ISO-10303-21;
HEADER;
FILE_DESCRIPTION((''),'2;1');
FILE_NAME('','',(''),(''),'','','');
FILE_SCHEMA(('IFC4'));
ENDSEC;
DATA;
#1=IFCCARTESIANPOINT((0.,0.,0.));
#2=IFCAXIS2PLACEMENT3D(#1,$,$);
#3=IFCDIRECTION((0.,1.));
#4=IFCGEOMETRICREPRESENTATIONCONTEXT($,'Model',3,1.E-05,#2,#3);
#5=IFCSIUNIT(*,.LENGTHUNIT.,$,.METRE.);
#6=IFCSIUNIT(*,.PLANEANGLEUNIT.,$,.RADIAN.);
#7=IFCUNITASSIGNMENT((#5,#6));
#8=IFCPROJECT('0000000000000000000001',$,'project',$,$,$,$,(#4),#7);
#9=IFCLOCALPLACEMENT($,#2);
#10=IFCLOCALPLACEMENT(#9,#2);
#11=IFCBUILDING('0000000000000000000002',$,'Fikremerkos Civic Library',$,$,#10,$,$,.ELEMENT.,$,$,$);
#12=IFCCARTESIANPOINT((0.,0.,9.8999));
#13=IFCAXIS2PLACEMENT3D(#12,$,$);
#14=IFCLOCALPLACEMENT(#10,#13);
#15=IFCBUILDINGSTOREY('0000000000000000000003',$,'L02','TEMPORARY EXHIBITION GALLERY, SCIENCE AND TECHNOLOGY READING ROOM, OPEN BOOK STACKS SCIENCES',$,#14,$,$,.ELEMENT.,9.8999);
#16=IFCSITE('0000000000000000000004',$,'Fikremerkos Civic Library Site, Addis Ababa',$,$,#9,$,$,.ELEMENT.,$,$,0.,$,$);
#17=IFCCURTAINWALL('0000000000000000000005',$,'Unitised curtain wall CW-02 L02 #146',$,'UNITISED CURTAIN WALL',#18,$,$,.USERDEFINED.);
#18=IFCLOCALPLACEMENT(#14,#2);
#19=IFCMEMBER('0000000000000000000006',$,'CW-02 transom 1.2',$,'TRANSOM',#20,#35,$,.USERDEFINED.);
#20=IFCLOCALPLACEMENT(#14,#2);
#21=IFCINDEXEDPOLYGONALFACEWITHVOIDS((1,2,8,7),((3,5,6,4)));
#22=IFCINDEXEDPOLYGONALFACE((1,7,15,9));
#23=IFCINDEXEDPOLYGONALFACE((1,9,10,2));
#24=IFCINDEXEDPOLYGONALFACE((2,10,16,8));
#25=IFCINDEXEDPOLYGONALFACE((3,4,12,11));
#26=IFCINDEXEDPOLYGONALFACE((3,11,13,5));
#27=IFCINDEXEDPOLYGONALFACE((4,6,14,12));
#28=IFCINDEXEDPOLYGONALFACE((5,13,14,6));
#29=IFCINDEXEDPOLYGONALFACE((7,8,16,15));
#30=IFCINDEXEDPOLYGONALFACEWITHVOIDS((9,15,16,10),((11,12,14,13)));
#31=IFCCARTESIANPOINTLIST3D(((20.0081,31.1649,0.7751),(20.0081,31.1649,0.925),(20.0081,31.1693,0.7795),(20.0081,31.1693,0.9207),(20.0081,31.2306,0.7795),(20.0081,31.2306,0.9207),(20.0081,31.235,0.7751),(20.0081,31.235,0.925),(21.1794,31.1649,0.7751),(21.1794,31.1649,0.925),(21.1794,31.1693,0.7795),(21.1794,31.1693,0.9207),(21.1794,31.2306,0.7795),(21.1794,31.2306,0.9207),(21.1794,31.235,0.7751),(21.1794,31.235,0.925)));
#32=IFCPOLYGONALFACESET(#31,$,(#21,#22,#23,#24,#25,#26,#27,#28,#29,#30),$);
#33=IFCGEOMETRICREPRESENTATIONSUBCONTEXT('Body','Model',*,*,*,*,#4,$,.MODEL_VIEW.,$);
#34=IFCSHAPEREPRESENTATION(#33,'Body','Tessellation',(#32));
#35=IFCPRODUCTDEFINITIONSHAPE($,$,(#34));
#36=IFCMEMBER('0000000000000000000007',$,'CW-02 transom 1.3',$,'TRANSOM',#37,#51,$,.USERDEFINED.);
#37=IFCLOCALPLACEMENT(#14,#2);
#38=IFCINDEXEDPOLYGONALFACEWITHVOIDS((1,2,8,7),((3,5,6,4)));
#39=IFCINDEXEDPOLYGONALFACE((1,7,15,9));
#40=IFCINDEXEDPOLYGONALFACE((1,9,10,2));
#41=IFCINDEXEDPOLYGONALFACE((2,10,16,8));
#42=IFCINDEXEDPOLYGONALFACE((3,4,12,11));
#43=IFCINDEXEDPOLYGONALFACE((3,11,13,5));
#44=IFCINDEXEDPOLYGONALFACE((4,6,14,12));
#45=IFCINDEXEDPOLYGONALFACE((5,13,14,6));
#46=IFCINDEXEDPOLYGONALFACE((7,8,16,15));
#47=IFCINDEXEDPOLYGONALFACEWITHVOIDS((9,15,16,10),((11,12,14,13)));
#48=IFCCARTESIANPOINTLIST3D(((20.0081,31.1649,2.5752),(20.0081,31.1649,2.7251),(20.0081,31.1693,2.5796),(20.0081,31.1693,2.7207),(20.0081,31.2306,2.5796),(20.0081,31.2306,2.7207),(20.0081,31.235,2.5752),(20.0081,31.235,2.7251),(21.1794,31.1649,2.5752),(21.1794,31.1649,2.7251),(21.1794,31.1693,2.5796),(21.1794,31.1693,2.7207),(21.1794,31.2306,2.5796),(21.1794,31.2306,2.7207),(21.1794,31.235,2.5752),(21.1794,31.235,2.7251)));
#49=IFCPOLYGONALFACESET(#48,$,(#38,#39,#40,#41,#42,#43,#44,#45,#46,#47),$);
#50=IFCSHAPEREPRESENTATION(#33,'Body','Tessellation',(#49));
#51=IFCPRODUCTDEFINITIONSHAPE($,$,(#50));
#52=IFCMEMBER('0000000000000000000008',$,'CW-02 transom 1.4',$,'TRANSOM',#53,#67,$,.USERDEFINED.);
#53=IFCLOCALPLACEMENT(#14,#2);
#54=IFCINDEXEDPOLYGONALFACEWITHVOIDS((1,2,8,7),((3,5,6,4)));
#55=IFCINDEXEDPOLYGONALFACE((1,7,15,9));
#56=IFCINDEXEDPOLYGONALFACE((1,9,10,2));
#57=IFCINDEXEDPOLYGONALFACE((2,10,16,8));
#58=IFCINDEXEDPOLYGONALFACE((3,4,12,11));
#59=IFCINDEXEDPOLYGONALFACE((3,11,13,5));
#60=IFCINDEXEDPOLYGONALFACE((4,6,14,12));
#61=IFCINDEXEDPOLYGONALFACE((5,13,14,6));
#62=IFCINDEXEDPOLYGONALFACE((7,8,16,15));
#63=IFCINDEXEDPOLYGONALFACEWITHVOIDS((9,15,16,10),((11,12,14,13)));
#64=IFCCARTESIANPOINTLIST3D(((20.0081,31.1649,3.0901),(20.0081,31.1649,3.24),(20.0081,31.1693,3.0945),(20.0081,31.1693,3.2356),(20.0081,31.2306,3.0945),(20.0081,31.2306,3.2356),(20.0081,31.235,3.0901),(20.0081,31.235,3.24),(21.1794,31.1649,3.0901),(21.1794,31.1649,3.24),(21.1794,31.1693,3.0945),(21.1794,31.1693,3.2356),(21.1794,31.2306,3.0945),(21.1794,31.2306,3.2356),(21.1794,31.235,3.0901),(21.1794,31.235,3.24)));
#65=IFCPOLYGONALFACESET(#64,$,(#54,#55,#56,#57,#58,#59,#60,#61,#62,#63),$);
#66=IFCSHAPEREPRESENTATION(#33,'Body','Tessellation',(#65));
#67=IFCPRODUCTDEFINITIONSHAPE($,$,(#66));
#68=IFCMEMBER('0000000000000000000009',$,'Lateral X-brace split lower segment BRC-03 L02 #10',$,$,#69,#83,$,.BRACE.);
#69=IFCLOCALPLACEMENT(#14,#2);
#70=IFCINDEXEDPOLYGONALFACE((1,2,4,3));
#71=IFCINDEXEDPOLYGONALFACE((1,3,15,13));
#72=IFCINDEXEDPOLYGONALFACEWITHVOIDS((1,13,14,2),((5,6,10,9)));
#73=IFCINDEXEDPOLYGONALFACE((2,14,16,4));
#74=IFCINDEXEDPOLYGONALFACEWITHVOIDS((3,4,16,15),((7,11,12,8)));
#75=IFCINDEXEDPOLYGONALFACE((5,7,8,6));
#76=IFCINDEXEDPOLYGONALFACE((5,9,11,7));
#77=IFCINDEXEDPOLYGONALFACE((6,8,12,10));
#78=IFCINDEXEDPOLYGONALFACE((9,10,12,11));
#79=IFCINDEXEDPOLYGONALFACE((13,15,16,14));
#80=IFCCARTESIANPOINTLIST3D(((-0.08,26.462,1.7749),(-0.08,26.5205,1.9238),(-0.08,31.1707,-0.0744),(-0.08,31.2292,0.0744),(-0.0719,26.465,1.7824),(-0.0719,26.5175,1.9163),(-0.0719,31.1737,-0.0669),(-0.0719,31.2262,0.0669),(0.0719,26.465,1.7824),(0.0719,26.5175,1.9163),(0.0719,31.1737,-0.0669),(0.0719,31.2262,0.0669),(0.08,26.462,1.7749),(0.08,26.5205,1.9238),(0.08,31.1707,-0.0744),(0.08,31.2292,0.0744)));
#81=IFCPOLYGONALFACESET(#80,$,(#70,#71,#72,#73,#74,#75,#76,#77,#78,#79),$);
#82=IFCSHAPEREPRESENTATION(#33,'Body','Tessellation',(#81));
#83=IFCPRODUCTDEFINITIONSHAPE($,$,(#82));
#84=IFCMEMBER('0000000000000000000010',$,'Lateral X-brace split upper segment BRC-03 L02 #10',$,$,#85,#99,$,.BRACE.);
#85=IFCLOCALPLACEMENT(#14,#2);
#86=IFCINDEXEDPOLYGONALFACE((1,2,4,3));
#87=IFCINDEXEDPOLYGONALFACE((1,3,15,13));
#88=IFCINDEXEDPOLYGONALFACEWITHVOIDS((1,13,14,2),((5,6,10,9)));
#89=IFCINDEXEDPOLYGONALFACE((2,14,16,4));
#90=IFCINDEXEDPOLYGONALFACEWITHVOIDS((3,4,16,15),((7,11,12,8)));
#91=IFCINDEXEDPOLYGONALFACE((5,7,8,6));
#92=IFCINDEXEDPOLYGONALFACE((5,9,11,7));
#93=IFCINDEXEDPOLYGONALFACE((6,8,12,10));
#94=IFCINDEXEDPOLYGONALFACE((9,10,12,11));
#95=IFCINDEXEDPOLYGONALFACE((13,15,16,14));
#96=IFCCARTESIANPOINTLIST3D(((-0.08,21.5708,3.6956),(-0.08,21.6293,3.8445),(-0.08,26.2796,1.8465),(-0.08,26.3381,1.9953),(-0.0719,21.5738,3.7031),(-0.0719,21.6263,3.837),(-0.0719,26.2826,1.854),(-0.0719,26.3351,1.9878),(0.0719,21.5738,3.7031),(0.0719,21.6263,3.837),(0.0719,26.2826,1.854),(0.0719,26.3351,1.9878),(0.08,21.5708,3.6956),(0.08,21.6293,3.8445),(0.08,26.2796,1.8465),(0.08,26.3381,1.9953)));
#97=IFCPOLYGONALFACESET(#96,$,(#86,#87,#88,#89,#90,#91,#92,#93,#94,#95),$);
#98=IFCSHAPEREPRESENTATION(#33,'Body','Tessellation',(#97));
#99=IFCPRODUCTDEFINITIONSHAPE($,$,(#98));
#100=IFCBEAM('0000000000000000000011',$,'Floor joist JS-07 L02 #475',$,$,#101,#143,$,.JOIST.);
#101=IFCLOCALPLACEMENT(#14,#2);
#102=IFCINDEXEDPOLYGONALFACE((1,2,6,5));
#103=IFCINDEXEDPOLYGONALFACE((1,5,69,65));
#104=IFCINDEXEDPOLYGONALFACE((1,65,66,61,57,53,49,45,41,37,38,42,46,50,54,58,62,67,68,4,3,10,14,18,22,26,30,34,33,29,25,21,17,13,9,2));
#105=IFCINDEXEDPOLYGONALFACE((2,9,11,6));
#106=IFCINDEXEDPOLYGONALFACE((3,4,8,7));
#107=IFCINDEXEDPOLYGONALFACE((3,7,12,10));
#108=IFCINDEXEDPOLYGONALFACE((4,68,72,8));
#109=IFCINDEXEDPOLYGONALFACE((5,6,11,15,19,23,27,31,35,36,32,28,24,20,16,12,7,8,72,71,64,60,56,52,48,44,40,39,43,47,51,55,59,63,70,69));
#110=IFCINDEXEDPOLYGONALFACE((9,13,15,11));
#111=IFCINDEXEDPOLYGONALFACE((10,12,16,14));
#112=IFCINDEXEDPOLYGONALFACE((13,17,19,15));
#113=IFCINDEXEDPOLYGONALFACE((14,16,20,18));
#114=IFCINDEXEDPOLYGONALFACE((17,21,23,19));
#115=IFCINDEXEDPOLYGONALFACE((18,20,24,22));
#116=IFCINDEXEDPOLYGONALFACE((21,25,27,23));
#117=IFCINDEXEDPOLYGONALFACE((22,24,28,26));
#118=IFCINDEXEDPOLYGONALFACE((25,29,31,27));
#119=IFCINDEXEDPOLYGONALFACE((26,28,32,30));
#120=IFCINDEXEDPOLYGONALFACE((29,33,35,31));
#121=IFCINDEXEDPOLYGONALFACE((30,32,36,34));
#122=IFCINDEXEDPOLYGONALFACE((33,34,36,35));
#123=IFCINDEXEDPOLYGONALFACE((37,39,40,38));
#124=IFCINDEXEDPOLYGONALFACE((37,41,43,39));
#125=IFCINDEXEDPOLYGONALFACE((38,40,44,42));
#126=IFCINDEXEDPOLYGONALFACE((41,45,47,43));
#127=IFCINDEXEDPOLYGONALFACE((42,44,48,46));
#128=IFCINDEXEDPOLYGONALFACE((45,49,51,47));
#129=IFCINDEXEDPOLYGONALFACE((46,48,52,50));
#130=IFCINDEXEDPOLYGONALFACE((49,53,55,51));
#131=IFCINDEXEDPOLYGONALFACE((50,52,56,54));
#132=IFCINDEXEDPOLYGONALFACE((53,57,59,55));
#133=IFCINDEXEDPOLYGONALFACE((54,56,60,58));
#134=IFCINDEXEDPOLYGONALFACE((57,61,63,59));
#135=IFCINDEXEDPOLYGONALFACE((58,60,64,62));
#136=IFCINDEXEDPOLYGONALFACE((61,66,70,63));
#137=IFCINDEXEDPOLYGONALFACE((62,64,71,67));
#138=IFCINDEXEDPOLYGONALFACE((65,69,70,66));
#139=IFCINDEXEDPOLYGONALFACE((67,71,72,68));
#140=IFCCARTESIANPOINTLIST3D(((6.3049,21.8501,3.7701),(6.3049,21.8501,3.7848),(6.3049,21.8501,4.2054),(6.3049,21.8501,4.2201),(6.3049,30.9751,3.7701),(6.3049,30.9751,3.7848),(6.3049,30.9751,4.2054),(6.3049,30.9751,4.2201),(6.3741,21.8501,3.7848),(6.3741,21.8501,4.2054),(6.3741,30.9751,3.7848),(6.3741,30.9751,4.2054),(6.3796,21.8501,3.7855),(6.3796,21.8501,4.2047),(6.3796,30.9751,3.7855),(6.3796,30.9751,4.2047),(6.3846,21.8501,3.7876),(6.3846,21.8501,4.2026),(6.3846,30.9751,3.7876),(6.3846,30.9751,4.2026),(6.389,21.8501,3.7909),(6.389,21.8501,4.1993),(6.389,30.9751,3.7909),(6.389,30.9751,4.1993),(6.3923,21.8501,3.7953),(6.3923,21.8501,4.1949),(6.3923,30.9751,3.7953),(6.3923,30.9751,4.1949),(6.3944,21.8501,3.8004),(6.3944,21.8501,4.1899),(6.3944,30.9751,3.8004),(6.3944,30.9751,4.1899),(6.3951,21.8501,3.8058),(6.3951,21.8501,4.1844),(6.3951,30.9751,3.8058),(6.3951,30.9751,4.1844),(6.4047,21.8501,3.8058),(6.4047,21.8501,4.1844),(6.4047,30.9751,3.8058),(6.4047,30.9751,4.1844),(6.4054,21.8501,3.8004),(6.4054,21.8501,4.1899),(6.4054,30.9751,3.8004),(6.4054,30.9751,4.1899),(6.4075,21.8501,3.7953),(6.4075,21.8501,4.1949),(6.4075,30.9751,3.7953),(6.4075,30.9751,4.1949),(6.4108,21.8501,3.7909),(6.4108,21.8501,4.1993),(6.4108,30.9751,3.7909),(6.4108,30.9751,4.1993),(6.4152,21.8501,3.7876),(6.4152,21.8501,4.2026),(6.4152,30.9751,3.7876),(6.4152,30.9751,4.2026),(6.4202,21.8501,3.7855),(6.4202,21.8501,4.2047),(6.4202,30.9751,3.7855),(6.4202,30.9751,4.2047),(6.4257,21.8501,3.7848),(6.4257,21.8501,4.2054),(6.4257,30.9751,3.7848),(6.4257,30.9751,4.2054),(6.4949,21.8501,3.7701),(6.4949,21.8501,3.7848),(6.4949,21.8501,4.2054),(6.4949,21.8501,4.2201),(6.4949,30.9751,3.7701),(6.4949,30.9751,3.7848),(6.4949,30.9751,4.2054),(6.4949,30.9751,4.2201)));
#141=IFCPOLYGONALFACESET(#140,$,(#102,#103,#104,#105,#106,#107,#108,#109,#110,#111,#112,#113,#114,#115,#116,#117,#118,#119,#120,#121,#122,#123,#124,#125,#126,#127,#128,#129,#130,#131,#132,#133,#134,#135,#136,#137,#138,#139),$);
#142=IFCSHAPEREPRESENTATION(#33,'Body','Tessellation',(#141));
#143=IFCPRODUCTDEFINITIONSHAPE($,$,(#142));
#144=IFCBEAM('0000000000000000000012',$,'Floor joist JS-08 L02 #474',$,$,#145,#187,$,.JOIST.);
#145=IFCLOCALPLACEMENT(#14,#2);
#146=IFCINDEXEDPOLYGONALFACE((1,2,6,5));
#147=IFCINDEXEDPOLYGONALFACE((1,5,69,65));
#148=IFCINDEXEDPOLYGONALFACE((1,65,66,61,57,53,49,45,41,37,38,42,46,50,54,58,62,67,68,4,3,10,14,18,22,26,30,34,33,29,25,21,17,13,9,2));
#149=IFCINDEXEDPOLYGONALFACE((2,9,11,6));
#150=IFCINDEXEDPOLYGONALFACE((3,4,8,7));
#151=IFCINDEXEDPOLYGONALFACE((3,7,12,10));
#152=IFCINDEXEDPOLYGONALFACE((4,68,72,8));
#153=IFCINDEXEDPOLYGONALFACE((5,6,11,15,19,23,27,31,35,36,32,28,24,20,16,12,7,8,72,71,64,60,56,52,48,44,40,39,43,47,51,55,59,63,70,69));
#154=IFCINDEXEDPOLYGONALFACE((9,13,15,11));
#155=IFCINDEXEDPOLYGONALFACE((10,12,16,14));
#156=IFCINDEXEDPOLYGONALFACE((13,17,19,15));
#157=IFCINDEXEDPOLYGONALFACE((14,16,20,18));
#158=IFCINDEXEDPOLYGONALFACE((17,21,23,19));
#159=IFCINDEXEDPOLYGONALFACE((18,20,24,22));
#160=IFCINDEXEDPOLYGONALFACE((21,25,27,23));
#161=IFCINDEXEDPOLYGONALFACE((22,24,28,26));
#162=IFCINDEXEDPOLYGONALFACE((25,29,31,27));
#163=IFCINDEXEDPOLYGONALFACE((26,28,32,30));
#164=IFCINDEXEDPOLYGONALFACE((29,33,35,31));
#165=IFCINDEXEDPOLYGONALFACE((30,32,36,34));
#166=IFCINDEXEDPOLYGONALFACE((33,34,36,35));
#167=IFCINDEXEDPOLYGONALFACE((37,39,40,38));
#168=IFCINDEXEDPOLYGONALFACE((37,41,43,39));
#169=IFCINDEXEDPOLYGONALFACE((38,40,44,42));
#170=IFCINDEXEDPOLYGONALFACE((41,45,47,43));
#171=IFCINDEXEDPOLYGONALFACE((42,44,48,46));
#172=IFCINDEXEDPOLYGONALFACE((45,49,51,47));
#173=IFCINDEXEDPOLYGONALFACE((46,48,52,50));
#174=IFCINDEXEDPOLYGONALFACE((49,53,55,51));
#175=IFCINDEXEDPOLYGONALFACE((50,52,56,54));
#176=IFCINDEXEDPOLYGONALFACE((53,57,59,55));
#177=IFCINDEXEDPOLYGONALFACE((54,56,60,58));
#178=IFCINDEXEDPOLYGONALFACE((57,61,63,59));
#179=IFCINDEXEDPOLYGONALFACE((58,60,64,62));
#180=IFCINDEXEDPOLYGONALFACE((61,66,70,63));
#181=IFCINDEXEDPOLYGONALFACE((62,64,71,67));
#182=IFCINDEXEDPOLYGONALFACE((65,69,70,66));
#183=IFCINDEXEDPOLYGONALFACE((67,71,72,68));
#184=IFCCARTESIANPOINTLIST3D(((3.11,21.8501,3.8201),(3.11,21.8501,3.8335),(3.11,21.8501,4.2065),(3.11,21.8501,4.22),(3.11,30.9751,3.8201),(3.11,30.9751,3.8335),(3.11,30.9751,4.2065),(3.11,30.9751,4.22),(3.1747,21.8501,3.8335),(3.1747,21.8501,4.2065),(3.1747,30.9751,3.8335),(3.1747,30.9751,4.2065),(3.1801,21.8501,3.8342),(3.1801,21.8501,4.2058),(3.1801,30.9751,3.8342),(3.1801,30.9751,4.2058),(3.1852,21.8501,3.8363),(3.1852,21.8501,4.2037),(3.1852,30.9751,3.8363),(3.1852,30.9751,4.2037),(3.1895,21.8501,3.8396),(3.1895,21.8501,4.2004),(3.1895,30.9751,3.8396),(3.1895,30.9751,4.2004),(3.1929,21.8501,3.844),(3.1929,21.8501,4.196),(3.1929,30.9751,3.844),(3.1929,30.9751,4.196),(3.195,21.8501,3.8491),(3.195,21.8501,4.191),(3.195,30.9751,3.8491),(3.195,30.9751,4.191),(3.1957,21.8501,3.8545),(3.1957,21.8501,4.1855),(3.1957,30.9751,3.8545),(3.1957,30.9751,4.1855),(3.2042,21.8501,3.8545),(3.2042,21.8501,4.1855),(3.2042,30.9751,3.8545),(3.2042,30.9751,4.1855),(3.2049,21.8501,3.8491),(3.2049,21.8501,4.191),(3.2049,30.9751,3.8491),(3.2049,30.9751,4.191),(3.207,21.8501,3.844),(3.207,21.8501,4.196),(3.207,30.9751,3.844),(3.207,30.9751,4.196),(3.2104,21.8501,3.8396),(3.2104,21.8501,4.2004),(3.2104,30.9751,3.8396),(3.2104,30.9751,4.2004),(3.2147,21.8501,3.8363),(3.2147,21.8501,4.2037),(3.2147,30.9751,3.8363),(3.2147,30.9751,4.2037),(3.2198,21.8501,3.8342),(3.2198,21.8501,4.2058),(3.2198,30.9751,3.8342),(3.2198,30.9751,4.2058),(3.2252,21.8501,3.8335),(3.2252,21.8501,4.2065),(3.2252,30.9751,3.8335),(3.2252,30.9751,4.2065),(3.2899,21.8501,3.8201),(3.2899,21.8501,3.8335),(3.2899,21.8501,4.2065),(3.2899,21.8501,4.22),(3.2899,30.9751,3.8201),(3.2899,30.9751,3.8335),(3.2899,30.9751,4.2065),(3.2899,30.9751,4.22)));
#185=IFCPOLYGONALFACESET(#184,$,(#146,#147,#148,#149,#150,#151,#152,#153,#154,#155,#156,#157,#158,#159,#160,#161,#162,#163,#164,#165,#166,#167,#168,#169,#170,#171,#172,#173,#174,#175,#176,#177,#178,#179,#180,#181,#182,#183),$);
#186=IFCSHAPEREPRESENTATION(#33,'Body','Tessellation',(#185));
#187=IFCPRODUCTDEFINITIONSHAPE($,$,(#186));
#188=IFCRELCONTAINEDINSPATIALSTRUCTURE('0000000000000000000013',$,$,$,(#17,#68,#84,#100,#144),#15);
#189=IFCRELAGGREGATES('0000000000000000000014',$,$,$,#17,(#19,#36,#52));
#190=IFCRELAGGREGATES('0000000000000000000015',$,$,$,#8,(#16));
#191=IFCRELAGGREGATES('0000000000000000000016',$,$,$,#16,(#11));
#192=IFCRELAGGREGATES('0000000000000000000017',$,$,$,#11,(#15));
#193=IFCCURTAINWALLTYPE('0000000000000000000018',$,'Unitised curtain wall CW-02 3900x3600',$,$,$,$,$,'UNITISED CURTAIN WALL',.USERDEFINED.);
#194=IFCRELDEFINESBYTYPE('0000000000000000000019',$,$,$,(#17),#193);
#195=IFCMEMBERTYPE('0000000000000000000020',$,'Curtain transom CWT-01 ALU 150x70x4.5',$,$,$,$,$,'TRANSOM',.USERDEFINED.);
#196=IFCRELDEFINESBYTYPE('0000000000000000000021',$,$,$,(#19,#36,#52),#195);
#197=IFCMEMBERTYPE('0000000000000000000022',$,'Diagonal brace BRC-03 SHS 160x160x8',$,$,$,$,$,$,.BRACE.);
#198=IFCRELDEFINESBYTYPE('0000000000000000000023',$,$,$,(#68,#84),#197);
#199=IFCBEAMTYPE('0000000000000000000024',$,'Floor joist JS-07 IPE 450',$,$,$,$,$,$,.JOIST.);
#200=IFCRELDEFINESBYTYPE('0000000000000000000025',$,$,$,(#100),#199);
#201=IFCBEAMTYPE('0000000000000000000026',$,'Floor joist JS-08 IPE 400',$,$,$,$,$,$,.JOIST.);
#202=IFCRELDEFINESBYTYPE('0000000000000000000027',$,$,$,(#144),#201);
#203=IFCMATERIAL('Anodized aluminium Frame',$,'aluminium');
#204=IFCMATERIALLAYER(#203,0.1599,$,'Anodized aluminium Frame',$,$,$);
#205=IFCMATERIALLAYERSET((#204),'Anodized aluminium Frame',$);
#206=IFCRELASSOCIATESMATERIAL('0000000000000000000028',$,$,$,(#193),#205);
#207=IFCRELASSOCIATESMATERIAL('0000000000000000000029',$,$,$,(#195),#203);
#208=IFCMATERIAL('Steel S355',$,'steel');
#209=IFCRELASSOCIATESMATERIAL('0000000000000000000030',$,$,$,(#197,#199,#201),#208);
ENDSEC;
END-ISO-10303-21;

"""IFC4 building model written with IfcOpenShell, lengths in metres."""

from ifc_helpers import new_model, si_unit, direction, frame, origin, origin_2d, place, context, subcontext, project, spatial, hollow_rectangle, i_section, extrude, material, layer, layer_set, material_profile, profile_set, type_object, element, aggregate, save


model = new_model("IFC4")

# Units and contexts
model_context = context("Model", 3, precision=1e-05, world=origin(), true_north=direction((0.0, 1.0)))
body_context = subcontext(model_context, "Body", "Model", "MODEL_VIEW")
ifc_project = project(units=[si_unit("LENGTHUNIT", "METRE"), si_unit("PLANEANGLEUNIT", "RADIAN")], contexts=[model_context])

# Site, building, storey
site_placement = place(None, origin())
site = spatial("IfcSite", under=ifc_project, at=site_placement, Name="Fikremerkos Civic Library Site, Addis Ababa", CompositionType="ELEMENT", RefElevation=0.0)
building_placement = place(site_placement, origin())
building = spatial("IfcBuilding", under=site, at=building_placement, Name="Fikremerkos Civic Library", CompositionType="ELEMENT")
storey_placement = place(building_placement, frame((0.0, 0.0, 9.8999)))
storey = spatial("IfcBuildingStorey", under=building, at=storey_placement, Name="L02", Description="TEMPORARY EXHIBITION GALLERY, SCIENCE AND TECHNOLOGY READING ROOM, OPEN BOOK STACKS SCIENCES", CompositionType="ELEMENT", Elevation=9.8999)

# Shared definitions
ifc_material_1 = material(Name="Steel S355", Category="steel")

# Curtain wall, members
ifc_material_2 = material(Name="Anodized aluminium Frame", Category="aluminium")
ifc_layer_1 = layer(ifc_material_2, 0.1599, Name="Anodized aluminium Frame")
ifc_layer_set_1 = layer_set([ifc_layer_1], Name="Anodized aluminium Frame")
curtain_wall_type = type_object("IfcCurtainWallType", Name="Unitised curtain wall CW-02 3900x3600", ElementType="UNITISED CURTAIN WALL", PredefinedType="USERDEFINED", material=ifc_layer_set_1)
curtain_wall_placement = place(storey_placement, origin())
curtain_wall = element("IfcCurtainWall", 1, at=curtain_wall_placement, inside=storey, type_object=curtain_wall_type, Name="Unitised curtain wall CW-02 L02 #146", ObjectType="UNITISED CURTAIN WALL", PredefinedType="USERDEFINED")
ifc_material_profile_1 = material_profile(ifc_material_2, hollow_rectangle(XDim=0.0701, YDim=0.1499, WallThickness=0.0044, at=origin_2d()), Name="ALU 150x70x4.5")
ifc_profile_set_1 = profile_set([ifc_material_profile_1], Name="Anodized aluminium Frame")
member_type_1 = type_object("IfcMemberType", Name="Curtain transom CWT-01 ALU 150x70x4.5", ElementType="TRANSOM", PredefinedType="USERDEFINED", material=ifc_profile_set_1)
member_1_placement = place(storey_placement, frame((20.0081, 31.2, 0.8501), z_axis=(1.0, 0.0, 0.0), x_axis=(0.0, 1.0, 0.0)))
member_1 = element("IfcMember", 2, at=member_1_placement, type_object=member_type_1, Name="CW-02 transom 1.2", ObjectType="TRANSOM", PredefinedType="USERDEFINED", context=body_context, shape_type="SweptSolid", body=[
    extrude(hollow_rectangle(XDim=0.0701, YDim=0.1499, WallThickness=0.0044, at=origin_2d()), origin(), (0.0, 0.0, 1.0), 1.1714),
])
member_2_placement = place(storey_placement, frame((20.0081, 31.2, 2.6501), z_axis=(1.0, 0.0, 0.0), x_axis=(0.0, 1.0, 0.0)))
member_2 = element("IfcMember", 3, at=member_2_placement, type_object=member_type_1, Name="CW-02 transom 1.3", ObjectType="TRANSOM", PredefinedType="USERDEFINED", context=body_context, shape_type="SweptSolid", body=[
    extrude(hollow_rectangle(XDim=0.0701, YDim=0.1499, WallThickness=0.0044, at=origin_2d()), origin(), (0.0, 0.0, 1.0), 1.1714),
])
member_3_placement = place(storey_placement, frame((20.0081, 31.2, 3.165), z_axis=(1.0, 0.0, 0.0), x_axis=(0.0, 1.0, 0.0)))
member_3 = element("IfcMember", 4, at=member_3_placement, type_object=member_type_1, Name="CW-02 transom 1.4", ObjectType="TRANSOM", PredefinedType="USERDEFINED", context=body_context, shape_type="SweptSolid", body=[
    extrude(hollow_rectangle(XDim=0.0701, YDim=0.1499, WallThickness=0.0044, at=origin_2d()), origin(), (0.0, 0.0, 1.0), 1.1714),
])
aggregate(curtain_wall, [member_1, member_2, member_3])

# Members
ifc_material_profile_2 = material_profile(ifc_material_1, hollow_rectangle(XDim=0.1599, YDim=0.1599, WallThickness=0.0081, at=origin_2d()), Name="SHS 160x160x8")
ifc_profile_set_2 = profile_set([ifc_material_profile_2], Name="Steel S355")
member_type_2 = type_object("IfcMemberType", Name="Diagonal brace BRC-03 SHS 160x160x8", PredefinedType="BRACE", material=ifc_profile_set_2)
for number, where, z_axis, x_axis, name in (
    (5, (0.0, 31.2, 0.0), (0.0, -0.930785, 0.365567), (1.0, 0.0, 0.0), "Lateral X-brace split lower segment BRC-03 L02 #10"),
    (6, (0.0, 26.3088, 1.9209), (0.0, -0.930801, 0.365525), (1.0, 0.0, 0.0), "Lateral X-brace split upper segment BRC-03 L02 #10"),
):
    element("IfcMember", number, at=place(storey_placement, frame(where, z_axis=z_axis, x_axis=x_axis)), inside=storey, type_object=member_type_2, Name=name, PredefinedType="BRACE", context=body_context, shape_type="SweptSolid", body=[
        extrude(hollow_rectangle(XDim=0.1599, YDim=0.1599, WallThickness=0.0081, at=origin_2d()), origin(), (0.0, 0.0, 1.0), 5.0588),
    ])

# Beams
ifc_material_profile_3 = material_profile(ifc_material_1, i_section(OverallWidth=0.1899, OverallDepth=0.45, WebThickness=0.0095, FlangeThickness=0.0146, FilletRadius=0.021, at=origin_2d()), Name="IPE 450")
ifc_profile_set_3 = profile_set([ifc_material_profile_3], Name="Steel S355")
beam_type_1 = type_object("IfcBeamType", Name="Floor joist JS-07 IPE 450", PredefinedType="JOIST", material=ifc_profile_set_3)
beam_1_placement = place(storey_placement, frame((6.3999, 21.8501, 3.9951), z_axis=(0.0, 1.0, 0.0), x_axis=(-1.0, 0.0, 0.0)))
element("IfcBeam", 7, at=beam_1_placement, inside=storey, type_object=beam_type_1, Name="Floor joist JS-07 L02 #475", PredefinedType="JOIST", context=body_context, shape_type="SweptSolid", body=[
    extrude(i_section(OverallWidth=0.1899, OverallDepth=0.45, WebThickness=0.0095, FlangeThickness=0.0146, FilletRadius=0.021, at=origin_2d()), origin(), (0.0, 0.0, 1.0), 9.125),
])
ifc_material_profile_4 = material_profile(ifc_material_1, i_section(OverallWidth=0.1799, OverallDepth=0.3999, WebThickness=0.0085, FlangeThickness=0.0134, FilletRadius=0.021, at=origin_2d()), Name="IPE 400")
ifc_profile_set_4 = profile_set([ifc_material_profile_4], Name="Steel S355")
beam_type_2 = type_object("IfcBeamType", Name="Floor joist JS-08 IPE 400", PredefinedType="JOIST", material=ifc_profile_set_4)
beam_2_placement = place(storey_placement, frame((3.2, 21.8501, 4.02), z_axis=(0.0, 1.0, 0.0), x_axis=(-1.0, 0.0, 0.0)))
element("IfcBeam", 8, at=beam_2_placement, inside=storey, type_object=beam_type_2, Name="Floor joist JS-08 L02 #474", PredefinedType="JOIST", context=body_context, shape_type="SweptSolid", body=[
    extrude(i_section(OverallWidth=0.1799, OverallDepth=0.3999, WebThickness=0.0085, FlangeThickness=0.0134, FilletRadius=0.021, at=origin_2d()), origin(), (0.0, 0.0, 1.0), 9.125),
])

save(model, "model.ifc")
